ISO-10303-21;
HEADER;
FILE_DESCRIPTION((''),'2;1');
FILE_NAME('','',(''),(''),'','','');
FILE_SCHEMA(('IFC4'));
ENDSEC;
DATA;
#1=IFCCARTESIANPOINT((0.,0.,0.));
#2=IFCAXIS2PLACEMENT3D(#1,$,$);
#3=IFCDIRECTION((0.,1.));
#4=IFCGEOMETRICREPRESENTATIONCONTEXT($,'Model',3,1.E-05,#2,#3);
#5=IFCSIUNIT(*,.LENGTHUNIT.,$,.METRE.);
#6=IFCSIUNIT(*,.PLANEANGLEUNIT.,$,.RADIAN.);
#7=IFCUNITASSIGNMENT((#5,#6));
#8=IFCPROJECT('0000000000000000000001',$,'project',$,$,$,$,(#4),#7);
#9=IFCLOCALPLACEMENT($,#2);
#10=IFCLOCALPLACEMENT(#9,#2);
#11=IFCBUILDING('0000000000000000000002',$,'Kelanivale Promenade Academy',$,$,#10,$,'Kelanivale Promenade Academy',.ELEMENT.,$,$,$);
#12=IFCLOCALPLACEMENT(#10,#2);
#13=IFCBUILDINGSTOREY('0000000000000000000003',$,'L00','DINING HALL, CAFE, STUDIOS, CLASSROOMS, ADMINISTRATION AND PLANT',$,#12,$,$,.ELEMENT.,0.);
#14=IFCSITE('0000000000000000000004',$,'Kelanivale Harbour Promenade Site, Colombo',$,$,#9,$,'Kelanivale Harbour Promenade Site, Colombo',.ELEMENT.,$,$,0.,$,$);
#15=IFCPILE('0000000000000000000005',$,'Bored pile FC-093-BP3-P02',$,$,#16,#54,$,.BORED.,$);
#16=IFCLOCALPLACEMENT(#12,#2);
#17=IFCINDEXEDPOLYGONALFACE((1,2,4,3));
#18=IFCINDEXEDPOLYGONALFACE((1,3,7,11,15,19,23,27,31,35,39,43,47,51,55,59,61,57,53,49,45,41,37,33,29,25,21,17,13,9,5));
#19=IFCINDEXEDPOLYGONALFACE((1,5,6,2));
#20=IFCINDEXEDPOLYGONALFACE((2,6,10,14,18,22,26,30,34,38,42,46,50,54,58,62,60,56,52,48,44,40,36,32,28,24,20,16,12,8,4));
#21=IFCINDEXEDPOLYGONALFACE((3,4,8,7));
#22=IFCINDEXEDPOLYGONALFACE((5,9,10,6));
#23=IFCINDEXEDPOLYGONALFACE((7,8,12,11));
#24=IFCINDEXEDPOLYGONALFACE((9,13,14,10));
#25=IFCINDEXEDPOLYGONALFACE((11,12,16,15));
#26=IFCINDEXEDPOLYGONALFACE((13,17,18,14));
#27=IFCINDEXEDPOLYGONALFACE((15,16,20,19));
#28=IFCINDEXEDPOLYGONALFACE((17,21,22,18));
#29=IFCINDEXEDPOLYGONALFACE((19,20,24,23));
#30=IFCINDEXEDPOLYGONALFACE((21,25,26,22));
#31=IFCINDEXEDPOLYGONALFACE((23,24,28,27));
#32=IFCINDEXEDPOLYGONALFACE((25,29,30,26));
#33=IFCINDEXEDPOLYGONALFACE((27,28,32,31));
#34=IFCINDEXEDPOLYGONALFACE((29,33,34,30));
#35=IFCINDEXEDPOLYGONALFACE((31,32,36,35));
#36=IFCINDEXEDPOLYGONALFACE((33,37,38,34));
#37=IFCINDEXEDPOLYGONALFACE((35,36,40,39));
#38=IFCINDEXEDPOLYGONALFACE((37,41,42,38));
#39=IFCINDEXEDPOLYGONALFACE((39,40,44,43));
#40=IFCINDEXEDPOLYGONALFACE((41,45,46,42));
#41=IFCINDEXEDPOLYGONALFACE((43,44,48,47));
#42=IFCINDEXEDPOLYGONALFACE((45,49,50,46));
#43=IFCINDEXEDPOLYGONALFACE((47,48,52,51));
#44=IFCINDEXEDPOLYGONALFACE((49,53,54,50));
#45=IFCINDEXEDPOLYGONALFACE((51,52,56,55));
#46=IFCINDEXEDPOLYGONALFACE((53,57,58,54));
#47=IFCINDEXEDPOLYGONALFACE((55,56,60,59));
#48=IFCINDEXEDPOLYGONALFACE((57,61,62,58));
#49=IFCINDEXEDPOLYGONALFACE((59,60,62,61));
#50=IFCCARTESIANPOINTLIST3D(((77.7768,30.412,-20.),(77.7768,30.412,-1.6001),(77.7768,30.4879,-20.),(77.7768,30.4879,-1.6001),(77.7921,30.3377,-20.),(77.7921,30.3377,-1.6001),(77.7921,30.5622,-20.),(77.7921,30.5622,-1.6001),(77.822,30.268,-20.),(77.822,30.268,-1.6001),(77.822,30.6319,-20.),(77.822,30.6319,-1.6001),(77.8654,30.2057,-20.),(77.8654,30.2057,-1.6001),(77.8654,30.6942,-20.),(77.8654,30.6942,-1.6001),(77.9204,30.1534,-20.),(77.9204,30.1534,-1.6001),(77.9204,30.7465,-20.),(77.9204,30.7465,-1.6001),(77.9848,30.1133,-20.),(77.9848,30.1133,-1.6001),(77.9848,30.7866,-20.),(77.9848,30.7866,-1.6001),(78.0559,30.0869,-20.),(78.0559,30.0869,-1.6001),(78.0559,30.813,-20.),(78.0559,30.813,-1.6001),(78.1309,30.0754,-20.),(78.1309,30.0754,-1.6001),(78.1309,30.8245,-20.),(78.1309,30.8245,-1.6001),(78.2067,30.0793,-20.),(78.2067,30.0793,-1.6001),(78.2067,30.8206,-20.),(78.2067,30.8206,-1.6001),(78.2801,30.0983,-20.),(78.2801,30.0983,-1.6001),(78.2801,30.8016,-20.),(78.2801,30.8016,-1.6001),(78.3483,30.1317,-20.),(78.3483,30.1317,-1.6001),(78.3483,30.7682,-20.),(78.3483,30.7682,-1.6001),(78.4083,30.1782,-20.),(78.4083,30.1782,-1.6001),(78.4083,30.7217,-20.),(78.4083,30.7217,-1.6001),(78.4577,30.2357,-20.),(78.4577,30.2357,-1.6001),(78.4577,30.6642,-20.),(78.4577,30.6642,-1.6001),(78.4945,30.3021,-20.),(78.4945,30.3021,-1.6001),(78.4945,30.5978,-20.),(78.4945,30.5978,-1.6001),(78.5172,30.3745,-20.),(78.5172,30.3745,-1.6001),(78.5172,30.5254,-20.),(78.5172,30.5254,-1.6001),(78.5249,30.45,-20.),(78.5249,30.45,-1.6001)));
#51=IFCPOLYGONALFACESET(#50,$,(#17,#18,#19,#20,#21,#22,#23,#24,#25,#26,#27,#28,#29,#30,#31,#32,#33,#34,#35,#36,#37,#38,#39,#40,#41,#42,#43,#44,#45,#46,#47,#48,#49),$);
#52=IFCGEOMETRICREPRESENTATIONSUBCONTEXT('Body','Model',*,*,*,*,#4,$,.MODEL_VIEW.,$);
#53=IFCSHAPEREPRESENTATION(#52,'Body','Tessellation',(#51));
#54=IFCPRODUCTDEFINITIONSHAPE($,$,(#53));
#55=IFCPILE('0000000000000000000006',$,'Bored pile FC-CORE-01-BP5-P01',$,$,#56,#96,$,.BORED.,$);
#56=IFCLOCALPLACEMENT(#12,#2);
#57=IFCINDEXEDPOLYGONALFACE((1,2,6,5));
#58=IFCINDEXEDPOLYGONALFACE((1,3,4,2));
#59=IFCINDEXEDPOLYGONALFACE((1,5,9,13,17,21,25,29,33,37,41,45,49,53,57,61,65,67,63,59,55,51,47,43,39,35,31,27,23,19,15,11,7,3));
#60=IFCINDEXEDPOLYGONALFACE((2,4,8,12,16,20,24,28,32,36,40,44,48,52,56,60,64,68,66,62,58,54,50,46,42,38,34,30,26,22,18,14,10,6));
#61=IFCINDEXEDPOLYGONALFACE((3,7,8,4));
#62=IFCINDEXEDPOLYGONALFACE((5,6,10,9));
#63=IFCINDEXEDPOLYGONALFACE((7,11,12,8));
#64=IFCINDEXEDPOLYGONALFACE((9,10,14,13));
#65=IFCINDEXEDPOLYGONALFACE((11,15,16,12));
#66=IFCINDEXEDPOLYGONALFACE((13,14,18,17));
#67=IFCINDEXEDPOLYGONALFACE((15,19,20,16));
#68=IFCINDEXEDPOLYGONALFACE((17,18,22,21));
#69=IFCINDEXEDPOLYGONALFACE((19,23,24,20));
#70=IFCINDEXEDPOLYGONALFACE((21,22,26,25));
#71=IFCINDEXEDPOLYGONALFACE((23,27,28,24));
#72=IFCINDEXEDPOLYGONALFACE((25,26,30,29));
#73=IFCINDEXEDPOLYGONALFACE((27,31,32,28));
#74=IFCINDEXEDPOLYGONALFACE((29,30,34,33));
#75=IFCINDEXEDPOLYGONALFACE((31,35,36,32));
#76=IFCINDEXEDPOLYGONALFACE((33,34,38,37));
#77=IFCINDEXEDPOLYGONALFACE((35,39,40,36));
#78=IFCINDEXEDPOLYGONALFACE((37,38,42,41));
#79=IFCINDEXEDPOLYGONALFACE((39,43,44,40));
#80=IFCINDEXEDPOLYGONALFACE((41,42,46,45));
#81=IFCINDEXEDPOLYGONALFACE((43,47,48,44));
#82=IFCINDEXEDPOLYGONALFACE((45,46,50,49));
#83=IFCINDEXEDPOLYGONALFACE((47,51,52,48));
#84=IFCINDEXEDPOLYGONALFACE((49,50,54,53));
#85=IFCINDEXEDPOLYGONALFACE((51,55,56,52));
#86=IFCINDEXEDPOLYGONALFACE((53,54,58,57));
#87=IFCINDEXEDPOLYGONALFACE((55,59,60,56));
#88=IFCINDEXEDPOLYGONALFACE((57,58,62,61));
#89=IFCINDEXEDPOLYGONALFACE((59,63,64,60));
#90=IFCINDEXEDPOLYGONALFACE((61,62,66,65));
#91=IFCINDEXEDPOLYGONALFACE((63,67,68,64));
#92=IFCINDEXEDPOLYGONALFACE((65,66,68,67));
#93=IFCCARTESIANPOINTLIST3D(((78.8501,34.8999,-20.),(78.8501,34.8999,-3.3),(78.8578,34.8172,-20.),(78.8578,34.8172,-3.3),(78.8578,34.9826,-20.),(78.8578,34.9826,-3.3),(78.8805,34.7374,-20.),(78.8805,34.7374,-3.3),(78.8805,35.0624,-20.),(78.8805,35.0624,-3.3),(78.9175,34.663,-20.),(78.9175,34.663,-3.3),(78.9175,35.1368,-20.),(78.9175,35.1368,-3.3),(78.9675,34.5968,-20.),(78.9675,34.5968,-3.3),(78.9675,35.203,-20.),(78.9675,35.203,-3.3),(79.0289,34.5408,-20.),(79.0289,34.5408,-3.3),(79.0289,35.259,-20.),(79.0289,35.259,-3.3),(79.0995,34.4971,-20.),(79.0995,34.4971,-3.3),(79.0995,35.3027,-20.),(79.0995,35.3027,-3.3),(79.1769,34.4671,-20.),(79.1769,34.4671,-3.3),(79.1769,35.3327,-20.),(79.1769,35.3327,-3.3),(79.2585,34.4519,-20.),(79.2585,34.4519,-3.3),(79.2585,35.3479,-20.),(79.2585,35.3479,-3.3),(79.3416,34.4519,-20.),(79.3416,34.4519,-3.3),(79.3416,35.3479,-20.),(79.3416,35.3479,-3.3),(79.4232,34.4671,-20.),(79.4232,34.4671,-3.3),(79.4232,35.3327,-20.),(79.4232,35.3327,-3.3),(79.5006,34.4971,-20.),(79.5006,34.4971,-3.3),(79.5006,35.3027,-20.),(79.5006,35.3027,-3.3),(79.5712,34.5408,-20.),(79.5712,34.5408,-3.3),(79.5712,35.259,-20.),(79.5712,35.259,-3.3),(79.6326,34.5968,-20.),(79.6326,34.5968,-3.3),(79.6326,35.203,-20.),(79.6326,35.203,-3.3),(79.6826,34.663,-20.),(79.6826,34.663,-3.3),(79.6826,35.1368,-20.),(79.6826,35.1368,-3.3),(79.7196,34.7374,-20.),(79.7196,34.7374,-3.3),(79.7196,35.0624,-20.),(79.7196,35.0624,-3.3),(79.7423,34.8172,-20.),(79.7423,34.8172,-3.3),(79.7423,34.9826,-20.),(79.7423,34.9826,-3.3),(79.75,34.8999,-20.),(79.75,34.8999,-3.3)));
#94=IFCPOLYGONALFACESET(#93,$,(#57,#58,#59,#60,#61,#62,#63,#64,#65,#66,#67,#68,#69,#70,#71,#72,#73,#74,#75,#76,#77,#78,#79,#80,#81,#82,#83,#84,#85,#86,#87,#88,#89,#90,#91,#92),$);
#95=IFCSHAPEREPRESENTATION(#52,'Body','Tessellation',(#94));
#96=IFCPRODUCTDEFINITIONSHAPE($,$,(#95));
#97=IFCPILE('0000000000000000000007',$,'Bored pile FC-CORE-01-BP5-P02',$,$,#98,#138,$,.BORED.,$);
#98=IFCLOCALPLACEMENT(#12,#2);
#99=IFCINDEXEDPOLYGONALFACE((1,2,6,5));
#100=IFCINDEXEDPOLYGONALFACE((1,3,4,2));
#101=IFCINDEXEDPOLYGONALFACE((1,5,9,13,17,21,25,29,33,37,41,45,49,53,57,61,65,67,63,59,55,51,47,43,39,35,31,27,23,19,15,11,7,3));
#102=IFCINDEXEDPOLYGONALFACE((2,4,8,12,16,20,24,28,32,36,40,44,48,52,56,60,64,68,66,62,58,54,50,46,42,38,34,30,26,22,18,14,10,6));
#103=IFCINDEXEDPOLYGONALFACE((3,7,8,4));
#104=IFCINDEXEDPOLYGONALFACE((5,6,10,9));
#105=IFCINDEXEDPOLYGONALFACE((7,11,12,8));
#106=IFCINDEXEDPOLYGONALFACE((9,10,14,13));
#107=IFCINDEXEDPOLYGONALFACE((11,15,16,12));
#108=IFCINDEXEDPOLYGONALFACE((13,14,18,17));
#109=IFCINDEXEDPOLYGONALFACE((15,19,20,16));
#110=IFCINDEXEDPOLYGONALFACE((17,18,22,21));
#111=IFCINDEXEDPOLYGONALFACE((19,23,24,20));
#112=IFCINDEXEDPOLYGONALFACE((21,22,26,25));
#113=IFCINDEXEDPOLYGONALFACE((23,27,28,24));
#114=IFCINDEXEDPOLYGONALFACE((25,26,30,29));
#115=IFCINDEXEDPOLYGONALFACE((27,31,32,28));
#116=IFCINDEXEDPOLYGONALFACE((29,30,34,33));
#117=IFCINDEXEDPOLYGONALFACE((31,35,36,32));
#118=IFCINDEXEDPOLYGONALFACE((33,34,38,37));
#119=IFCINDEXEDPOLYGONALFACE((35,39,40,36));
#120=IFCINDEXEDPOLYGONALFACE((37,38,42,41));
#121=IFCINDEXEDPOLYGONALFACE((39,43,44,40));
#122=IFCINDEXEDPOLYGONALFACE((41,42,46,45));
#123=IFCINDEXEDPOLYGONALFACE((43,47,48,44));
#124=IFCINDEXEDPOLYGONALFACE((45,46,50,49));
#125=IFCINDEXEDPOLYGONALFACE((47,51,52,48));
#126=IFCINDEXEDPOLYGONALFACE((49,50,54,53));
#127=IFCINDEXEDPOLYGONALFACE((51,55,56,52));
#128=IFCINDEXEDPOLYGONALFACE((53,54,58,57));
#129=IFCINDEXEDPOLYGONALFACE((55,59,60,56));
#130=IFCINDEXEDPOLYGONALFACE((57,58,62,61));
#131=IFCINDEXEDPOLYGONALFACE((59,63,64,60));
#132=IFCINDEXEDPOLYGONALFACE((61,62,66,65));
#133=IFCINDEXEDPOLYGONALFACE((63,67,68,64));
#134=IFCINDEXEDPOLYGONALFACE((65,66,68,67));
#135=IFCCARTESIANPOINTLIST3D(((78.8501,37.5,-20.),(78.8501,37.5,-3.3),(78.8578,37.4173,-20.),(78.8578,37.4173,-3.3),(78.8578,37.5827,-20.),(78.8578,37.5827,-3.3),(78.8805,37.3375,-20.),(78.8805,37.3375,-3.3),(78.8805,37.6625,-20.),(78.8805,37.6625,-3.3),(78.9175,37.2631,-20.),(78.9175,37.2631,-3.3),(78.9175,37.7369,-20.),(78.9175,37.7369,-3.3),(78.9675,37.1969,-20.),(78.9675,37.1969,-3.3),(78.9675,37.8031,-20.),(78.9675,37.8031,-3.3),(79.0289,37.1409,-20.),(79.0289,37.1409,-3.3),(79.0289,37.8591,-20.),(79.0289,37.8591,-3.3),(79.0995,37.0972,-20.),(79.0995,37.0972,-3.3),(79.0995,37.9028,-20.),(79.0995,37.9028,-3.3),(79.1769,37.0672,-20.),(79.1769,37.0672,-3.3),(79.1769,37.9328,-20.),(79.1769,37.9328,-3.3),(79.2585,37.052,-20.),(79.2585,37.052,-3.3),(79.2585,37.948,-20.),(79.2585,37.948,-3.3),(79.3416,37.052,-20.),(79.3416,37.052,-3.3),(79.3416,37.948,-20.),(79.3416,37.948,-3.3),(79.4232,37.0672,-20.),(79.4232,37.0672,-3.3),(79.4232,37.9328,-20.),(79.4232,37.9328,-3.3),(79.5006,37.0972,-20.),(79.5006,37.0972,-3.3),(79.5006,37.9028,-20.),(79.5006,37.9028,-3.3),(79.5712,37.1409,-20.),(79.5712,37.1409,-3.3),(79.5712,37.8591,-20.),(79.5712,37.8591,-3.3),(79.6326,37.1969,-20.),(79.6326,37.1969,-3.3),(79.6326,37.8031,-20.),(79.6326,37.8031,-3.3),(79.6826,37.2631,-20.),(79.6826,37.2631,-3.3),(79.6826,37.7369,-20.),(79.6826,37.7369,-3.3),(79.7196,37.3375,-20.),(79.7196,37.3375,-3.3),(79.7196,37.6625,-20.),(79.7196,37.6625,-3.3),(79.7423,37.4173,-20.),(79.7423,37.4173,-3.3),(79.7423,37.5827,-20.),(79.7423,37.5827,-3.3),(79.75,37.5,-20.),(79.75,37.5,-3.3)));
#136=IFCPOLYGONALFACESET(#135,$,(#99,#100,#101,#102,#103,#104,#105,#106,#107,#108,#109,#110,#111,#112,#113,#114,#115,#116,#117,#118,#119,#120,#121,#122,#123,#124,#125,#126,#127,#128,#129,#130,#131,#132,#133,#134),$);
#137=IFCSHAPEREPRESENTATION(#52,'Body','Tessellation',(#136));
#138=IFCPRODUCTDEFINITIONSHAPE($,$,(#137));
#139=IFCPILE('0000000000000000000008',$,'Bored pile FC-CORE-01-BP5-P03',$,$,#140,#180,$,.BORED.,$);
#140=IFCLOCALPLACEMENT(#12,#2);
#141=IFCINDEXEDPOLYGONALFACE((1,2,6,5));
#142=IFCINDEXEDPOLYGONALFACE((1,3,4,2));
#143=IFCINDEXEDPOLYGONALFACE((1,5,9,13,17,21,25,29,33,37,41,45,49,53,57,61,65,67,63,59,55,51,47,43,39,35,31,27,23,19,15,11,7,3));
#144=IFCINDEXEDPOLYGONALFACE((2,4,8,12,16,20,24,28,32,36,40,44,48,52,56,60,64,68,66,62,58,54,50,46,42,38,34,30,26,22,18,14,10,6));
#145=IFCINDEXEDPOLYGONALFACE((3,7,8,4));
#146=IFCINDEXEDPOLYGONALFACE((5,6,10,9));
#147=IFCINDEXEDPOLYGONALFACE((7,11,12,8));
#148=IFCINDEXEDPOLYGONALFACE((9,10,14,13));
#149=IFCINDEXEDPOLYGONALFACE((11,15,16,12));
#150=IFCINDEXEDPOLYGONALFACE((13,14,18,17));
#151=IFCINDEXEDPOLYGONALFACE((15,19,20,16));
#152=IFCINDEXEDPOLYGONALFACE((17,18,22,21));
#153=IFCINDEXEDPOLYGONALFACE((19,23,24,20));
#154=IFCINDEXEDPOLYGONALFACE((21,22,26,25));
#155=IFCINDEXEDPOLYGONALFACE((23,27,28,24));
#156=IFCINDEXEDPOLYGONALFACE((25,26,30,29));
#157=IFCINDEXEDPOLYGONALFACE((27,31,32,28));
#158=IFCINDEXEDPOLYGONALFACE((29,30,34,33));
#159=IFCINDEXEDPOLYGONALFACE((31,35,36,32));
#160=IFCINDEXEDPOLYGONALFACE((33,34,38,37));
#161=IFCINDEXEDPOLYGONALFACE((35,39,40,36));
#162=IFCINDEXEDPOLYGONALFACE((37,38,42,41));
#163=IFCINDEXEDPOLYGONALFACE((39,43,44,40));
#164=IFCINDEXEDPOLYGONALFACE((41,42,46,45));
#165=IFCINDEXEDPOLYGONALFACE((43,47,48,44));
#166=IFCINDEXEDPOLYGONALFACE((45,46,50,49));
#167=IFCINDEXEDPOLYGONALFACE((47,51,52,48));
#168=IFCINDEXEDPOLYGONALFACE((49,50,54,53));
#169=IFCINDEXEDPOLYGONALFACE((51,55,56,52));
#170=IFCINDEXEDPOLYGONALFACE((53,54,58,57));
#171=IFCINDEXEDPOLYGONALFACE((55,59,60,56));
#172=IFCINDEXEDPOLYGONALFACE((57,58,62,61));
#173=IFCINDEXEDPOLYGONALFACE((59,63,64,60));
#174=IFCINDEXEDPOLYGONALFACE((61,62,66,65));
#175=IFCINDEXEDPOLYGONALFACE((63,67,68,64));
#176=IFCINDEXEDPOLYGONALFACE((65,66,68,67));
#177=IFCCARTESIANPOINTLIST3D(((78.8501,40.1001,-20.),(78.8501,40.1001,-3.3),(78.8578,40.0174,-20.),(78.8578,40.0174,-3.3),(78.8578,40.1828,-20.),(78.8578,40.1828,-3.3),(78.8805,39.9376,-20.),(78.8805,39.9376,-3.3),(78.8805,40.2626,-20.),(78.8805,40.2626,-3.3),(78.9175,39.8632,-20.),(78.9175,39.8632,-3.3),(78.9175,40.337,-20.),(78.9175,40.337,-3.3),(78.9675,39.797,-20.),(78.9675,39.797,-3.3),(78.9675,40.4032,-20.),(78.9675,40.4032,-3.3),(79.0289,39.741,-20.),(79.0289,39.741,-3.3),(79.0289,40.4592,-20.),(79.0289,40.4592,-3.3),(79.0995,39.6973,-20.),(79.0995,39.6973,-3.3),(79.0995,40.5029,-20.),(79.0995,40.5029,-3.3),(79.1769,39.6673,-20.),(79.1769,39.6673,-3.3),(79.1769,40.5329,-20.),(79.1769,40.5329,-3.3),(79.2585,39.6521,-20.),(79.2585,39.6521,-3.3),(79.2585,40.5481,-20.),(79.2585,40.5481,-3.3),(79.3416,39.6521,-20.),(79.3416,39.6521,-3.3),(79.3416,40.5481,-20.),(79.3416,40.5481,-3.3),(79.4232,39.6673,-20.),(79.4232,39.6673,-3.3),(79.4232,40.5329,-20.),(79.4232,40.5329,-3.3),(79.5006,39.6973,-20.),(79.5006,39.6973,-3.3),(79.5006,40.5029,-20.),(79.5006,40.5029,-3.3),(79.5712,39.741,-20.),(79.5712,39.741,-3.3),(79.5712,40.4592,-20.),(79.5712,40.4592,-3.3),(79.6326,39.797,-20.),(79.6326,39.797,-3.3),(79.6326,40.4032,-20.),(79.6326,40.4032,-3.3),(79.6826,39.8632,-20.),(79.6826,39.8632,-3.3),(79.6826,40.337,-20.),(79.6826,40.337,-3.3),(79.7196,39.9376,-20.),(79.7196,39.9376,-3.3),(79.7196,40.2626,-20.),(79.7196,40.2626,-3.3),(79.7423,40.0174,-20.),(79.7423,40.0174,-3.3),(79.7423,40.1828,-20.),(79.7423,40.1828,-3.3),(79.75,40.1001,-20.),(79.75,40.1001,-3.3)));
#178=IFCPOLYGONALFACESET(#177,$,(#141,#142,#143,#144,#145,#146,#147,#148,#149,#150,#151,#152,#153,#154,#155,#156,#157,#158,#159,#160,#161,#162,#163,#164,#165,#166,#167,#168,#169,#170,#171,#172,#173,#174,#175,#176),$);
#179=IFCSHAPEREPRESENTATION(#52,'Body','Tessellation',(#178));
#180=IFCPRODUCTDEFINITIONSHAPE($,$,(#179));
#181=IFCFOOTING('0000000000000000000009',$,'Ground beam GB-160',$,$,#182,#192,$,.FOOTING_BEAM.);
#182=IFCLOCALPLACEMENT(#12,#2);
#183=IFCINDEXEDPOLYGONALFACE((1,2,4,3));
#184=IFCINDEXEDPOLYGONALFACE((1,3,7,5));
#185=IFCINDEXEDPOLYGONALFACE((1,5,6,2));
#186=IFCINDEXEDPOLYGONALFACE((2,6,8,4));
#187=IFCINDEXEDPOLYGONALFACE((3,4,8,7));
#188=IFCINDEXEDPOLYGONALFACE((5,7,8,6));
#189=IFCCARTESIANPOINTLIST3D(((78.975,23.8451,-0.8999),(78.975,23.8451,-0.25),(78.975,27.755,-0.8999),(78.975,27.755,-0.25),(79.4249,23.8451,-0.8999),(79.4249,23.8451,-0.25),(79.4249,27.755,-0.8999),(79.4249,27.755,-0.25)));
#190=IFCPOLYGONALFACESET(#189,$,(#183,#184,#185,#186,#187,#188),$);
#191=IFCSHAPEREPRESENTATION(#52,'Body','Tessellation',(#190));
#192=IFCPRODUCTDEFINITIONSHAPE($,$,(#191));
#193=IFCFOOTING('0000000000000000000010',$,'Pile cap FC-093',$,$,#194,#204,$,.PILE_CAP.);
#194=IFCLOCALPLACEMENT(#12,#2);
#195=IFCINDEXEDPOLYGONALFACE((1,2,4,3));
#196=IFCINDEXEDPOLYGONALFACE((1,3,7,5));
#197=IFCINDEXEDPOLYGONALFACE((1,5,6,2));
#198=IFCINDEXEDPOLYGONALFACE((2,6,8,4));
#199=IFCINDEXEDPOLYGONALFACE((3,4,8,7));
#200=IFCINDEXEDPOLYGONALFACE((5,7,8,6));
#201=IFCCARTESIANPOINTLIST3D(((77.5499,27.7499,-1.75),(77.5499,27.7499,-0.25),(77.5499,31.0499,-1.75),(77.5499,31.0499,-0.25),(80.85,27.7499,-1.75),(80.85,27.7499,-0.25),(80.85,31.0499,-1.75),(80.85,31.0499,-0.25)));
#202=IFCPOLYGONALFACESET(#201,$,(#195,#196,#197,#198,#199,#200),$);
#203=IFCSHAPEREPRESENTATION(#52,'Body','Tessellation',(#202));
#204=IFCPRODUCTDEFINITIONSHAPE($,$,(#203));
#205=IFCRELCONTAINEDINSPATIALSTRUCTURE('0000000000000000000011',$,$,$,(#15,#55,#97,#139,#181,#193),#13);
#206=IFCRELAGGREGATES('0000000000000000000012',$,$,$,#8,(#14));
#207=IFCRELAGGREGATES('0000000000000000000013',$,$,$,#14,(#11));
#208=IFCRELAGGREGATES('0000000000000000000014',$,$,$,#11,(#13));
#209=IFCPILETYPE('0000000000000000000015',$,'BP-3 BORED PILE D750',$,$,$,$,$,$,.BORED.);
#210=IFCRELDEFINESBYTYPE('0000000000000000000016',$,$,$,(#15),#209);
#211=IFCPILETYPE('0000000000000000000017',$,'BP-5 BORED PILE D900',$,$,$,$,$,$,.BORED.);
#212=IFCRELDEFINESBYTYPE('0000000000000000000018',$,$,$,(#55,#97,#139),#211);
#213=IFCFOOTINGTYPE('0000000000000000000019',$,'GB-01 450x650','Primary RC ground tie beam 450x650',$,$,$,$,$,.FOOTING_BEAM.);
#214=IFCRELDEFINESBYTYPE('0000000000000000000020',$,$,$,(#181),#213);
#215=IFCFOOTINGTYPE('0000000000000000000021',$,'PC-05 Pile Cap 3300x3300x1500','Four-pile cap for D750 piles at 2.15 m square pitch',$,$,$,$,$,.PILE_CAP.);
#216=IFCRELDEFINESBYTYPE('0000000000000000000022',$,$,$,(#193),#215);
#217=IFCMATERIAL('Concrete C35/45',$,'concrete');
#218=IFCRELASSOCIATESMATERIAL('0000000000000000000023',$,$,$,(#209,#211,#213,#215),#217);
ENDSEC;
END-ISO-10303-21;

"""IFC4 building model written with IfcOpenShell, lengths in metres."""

from ifc_helpers import new_model, si_unit, direction, frame, origin, origin_2d, place, context, subcontext, project, spatial, rectangle, circle, extrude, material, material_profile, profile_set, type_object, element, save


model = new_model("IFC4")

# Units and contexts
model_context = context("Model", 3, precision=1e-05, world=origin(), true_north=direction((0.0, 1.0)))
body_context = subcontext(model_context, "Body", "Model", "MODEL_VIEW")
ifc_project = project(units=[si_unit("LENGTHUNIT", "METRE"), si_unit("PLANEANGLEUNIT", "RADIAN")], contexts=[model_context])

# Site, building, storey
site_placement = place(None, origin())
site = spatial("IfcSite", under=ifc_project, at=site_placement, Name="Kelanivale Harbour Promenade Site, Colombo", LongName="Kelanivale Harbour Promenade Site, Colombo", CompositionType="ELEMENT", RefElevation=0.0)
building_placement = place(site_placement, origin())
building = spatial("IfcBuilding", under=site, at=building_placement, Name="Kelanivale Promenade Academy", LongName="Kelanivale Promenade Academy", CompositionType="ELEMENT")
storey_placement = place(building_placement, origin())
storey = spatial("IfcBuildingStorey", under=building, at=storey_placement, Name="L00", Description="DINING HALL, CAFE, STUDIOS, CLASSROOMS, ADMINISTRATION AND PLANT", CompositionType="ELEMENT", Elevation=0.0)

# Piles
ifc_material_1 = material(Name="Concrete C35/45", Category="concrete")
ifc_material_profile_1 = material_profile(ifc_material_1, circle(Radius=0.375, at=origin_2d()), Name="BORED PILE D750")
ifc_profile_set_1 = profile_set([ifc_material_profile_1], Name="Concrete C35/45")
pile_type_1 = type_object("IfcPileType", Name="BP-3 BORED PILE D750", PredefinedType="BORED", material=ifc_profile_set_1)
for number, where, z_axis, x_axis, name in (
    (1, (78.1499, 30.45, -1.6001), (0.0, 0.0, -1.0), (1.0, 0.0, 0.0), "Bored pile FC-093-BP3-P02"),
):
    element("IfcPile", number, at=place(storey_placement, frame(where, z_axis=z_axis, x_axis=x_axis)), inside=storey, type_object=pile_type_1, Name=name, PredefinedType="BORED", context=body_context, shape_type="SweptSolid", body=[
        extrude(circle(Radius=0.375, at=origin_2d()), origin(), (0.0, 0.0, 1.0), 18.3999),
    ])
ifc_material_profile_2 = material_profile(ifc_material_1, circle(Radius=0.45, at=origin_2d()), Name="BORED PILE D900")
ifc_profile_set_2 = profile_set([ifc_material_profile_2], Name="Concrete C35/45")
pile_type_2 = type_object("IfcPileType", Name="BP-5 BORED PILE D900", PredefinedType="BORED", material=ifc_profile_set_2)
for number, where, z_axis, x_axis, name in (
    (2, (79.3, 34.8999, -3.3), (0.0, 0.0, -1.0), (1.0, 0.0, 0.0), "Bored pile FC-CORE-01-BP5-P01"),
    (3, (79.3, 37.5, -3.3), (0.0, 0.0, -1.0), (1.0, 0.0, 0.0), "Bored pile FC-CORE-01-BP5-P02"),
    (4, (79.3, 40.1001, -3.3), (0.0, 0.0, -1.0), (1.0, 0.0, 0.0), "Bored pile FC-CORE-01-BP5-P03"),
):
    element("IfcPile", number, at=place(storey_placement, frame(where, z_axis=z_axis, x_axis=x_axis)), inside=storey, type_object=pile_type_2, Name=name, PredefinedType="BORED", context=body_context, shape_type="SweptSolid", body=[
        extrude(circle(Radius=0.45, at=origin_2d()), origin(), (0.0, 0.0, 1.0), 16.7),
    ])

# Footings
footing_type_1 = type_object("IfcFootingType", Name="GB-01 450x650", Description="Primary RC ground tie beam 450x650", PredefinedType="FOOTING_BEAM", material=ifc_material_1)
footing_1_placement = place(storey_placement, frame((79.2, 25.8, -0.8999), z_axis=(0.0, 0.0, 1.0), x_axis=(0.0, 1.0, 0.0)))
element("IfcFooting", 5, at=footing_1_placement, inside=storey, type_object=footing_type_1, Name="Ground beam GB-160", PredefinedType="FOOTING_BEAM", context=body_context, shape_type="SweptSolid", body=[
    extrude(rectangle(XDim=3.9099, YDim=0.45, at=origin_2d()), origin(), (0.0, 0.0, 1.0), 0.6499),
])
footing_type_2 = type_object("IfcFootingType", Name="PC-05 Pile Cap 3300x3300x1500", Description="Four-pile cap for D750 piles at 2.15 m square pitch", PredefinedType="PILE_CAP", material=ifc_material_1)
footing_2_placement = place(storey_placement, frame((79.2, 29.3999, -1.75), z_axis=(0.0, 0.0, 1.0), x_axis=(1.0, 0.0, 0.0)))
element("IfcFooting", 6, at=footing_2_placement, inside=storey, type_object=footing_type_2, Name="Pile cap FC-093", PredefinedType="PILE_CAP", context=body_context, shape_type="SweptSolid", body=[
    extrude(rectangle(XDim=3.3, YDim=3.3, at=origin_2d()), origin(), (0.0, 0.0, 1.0), 1.5),
])

save(model, "model.ifc")
